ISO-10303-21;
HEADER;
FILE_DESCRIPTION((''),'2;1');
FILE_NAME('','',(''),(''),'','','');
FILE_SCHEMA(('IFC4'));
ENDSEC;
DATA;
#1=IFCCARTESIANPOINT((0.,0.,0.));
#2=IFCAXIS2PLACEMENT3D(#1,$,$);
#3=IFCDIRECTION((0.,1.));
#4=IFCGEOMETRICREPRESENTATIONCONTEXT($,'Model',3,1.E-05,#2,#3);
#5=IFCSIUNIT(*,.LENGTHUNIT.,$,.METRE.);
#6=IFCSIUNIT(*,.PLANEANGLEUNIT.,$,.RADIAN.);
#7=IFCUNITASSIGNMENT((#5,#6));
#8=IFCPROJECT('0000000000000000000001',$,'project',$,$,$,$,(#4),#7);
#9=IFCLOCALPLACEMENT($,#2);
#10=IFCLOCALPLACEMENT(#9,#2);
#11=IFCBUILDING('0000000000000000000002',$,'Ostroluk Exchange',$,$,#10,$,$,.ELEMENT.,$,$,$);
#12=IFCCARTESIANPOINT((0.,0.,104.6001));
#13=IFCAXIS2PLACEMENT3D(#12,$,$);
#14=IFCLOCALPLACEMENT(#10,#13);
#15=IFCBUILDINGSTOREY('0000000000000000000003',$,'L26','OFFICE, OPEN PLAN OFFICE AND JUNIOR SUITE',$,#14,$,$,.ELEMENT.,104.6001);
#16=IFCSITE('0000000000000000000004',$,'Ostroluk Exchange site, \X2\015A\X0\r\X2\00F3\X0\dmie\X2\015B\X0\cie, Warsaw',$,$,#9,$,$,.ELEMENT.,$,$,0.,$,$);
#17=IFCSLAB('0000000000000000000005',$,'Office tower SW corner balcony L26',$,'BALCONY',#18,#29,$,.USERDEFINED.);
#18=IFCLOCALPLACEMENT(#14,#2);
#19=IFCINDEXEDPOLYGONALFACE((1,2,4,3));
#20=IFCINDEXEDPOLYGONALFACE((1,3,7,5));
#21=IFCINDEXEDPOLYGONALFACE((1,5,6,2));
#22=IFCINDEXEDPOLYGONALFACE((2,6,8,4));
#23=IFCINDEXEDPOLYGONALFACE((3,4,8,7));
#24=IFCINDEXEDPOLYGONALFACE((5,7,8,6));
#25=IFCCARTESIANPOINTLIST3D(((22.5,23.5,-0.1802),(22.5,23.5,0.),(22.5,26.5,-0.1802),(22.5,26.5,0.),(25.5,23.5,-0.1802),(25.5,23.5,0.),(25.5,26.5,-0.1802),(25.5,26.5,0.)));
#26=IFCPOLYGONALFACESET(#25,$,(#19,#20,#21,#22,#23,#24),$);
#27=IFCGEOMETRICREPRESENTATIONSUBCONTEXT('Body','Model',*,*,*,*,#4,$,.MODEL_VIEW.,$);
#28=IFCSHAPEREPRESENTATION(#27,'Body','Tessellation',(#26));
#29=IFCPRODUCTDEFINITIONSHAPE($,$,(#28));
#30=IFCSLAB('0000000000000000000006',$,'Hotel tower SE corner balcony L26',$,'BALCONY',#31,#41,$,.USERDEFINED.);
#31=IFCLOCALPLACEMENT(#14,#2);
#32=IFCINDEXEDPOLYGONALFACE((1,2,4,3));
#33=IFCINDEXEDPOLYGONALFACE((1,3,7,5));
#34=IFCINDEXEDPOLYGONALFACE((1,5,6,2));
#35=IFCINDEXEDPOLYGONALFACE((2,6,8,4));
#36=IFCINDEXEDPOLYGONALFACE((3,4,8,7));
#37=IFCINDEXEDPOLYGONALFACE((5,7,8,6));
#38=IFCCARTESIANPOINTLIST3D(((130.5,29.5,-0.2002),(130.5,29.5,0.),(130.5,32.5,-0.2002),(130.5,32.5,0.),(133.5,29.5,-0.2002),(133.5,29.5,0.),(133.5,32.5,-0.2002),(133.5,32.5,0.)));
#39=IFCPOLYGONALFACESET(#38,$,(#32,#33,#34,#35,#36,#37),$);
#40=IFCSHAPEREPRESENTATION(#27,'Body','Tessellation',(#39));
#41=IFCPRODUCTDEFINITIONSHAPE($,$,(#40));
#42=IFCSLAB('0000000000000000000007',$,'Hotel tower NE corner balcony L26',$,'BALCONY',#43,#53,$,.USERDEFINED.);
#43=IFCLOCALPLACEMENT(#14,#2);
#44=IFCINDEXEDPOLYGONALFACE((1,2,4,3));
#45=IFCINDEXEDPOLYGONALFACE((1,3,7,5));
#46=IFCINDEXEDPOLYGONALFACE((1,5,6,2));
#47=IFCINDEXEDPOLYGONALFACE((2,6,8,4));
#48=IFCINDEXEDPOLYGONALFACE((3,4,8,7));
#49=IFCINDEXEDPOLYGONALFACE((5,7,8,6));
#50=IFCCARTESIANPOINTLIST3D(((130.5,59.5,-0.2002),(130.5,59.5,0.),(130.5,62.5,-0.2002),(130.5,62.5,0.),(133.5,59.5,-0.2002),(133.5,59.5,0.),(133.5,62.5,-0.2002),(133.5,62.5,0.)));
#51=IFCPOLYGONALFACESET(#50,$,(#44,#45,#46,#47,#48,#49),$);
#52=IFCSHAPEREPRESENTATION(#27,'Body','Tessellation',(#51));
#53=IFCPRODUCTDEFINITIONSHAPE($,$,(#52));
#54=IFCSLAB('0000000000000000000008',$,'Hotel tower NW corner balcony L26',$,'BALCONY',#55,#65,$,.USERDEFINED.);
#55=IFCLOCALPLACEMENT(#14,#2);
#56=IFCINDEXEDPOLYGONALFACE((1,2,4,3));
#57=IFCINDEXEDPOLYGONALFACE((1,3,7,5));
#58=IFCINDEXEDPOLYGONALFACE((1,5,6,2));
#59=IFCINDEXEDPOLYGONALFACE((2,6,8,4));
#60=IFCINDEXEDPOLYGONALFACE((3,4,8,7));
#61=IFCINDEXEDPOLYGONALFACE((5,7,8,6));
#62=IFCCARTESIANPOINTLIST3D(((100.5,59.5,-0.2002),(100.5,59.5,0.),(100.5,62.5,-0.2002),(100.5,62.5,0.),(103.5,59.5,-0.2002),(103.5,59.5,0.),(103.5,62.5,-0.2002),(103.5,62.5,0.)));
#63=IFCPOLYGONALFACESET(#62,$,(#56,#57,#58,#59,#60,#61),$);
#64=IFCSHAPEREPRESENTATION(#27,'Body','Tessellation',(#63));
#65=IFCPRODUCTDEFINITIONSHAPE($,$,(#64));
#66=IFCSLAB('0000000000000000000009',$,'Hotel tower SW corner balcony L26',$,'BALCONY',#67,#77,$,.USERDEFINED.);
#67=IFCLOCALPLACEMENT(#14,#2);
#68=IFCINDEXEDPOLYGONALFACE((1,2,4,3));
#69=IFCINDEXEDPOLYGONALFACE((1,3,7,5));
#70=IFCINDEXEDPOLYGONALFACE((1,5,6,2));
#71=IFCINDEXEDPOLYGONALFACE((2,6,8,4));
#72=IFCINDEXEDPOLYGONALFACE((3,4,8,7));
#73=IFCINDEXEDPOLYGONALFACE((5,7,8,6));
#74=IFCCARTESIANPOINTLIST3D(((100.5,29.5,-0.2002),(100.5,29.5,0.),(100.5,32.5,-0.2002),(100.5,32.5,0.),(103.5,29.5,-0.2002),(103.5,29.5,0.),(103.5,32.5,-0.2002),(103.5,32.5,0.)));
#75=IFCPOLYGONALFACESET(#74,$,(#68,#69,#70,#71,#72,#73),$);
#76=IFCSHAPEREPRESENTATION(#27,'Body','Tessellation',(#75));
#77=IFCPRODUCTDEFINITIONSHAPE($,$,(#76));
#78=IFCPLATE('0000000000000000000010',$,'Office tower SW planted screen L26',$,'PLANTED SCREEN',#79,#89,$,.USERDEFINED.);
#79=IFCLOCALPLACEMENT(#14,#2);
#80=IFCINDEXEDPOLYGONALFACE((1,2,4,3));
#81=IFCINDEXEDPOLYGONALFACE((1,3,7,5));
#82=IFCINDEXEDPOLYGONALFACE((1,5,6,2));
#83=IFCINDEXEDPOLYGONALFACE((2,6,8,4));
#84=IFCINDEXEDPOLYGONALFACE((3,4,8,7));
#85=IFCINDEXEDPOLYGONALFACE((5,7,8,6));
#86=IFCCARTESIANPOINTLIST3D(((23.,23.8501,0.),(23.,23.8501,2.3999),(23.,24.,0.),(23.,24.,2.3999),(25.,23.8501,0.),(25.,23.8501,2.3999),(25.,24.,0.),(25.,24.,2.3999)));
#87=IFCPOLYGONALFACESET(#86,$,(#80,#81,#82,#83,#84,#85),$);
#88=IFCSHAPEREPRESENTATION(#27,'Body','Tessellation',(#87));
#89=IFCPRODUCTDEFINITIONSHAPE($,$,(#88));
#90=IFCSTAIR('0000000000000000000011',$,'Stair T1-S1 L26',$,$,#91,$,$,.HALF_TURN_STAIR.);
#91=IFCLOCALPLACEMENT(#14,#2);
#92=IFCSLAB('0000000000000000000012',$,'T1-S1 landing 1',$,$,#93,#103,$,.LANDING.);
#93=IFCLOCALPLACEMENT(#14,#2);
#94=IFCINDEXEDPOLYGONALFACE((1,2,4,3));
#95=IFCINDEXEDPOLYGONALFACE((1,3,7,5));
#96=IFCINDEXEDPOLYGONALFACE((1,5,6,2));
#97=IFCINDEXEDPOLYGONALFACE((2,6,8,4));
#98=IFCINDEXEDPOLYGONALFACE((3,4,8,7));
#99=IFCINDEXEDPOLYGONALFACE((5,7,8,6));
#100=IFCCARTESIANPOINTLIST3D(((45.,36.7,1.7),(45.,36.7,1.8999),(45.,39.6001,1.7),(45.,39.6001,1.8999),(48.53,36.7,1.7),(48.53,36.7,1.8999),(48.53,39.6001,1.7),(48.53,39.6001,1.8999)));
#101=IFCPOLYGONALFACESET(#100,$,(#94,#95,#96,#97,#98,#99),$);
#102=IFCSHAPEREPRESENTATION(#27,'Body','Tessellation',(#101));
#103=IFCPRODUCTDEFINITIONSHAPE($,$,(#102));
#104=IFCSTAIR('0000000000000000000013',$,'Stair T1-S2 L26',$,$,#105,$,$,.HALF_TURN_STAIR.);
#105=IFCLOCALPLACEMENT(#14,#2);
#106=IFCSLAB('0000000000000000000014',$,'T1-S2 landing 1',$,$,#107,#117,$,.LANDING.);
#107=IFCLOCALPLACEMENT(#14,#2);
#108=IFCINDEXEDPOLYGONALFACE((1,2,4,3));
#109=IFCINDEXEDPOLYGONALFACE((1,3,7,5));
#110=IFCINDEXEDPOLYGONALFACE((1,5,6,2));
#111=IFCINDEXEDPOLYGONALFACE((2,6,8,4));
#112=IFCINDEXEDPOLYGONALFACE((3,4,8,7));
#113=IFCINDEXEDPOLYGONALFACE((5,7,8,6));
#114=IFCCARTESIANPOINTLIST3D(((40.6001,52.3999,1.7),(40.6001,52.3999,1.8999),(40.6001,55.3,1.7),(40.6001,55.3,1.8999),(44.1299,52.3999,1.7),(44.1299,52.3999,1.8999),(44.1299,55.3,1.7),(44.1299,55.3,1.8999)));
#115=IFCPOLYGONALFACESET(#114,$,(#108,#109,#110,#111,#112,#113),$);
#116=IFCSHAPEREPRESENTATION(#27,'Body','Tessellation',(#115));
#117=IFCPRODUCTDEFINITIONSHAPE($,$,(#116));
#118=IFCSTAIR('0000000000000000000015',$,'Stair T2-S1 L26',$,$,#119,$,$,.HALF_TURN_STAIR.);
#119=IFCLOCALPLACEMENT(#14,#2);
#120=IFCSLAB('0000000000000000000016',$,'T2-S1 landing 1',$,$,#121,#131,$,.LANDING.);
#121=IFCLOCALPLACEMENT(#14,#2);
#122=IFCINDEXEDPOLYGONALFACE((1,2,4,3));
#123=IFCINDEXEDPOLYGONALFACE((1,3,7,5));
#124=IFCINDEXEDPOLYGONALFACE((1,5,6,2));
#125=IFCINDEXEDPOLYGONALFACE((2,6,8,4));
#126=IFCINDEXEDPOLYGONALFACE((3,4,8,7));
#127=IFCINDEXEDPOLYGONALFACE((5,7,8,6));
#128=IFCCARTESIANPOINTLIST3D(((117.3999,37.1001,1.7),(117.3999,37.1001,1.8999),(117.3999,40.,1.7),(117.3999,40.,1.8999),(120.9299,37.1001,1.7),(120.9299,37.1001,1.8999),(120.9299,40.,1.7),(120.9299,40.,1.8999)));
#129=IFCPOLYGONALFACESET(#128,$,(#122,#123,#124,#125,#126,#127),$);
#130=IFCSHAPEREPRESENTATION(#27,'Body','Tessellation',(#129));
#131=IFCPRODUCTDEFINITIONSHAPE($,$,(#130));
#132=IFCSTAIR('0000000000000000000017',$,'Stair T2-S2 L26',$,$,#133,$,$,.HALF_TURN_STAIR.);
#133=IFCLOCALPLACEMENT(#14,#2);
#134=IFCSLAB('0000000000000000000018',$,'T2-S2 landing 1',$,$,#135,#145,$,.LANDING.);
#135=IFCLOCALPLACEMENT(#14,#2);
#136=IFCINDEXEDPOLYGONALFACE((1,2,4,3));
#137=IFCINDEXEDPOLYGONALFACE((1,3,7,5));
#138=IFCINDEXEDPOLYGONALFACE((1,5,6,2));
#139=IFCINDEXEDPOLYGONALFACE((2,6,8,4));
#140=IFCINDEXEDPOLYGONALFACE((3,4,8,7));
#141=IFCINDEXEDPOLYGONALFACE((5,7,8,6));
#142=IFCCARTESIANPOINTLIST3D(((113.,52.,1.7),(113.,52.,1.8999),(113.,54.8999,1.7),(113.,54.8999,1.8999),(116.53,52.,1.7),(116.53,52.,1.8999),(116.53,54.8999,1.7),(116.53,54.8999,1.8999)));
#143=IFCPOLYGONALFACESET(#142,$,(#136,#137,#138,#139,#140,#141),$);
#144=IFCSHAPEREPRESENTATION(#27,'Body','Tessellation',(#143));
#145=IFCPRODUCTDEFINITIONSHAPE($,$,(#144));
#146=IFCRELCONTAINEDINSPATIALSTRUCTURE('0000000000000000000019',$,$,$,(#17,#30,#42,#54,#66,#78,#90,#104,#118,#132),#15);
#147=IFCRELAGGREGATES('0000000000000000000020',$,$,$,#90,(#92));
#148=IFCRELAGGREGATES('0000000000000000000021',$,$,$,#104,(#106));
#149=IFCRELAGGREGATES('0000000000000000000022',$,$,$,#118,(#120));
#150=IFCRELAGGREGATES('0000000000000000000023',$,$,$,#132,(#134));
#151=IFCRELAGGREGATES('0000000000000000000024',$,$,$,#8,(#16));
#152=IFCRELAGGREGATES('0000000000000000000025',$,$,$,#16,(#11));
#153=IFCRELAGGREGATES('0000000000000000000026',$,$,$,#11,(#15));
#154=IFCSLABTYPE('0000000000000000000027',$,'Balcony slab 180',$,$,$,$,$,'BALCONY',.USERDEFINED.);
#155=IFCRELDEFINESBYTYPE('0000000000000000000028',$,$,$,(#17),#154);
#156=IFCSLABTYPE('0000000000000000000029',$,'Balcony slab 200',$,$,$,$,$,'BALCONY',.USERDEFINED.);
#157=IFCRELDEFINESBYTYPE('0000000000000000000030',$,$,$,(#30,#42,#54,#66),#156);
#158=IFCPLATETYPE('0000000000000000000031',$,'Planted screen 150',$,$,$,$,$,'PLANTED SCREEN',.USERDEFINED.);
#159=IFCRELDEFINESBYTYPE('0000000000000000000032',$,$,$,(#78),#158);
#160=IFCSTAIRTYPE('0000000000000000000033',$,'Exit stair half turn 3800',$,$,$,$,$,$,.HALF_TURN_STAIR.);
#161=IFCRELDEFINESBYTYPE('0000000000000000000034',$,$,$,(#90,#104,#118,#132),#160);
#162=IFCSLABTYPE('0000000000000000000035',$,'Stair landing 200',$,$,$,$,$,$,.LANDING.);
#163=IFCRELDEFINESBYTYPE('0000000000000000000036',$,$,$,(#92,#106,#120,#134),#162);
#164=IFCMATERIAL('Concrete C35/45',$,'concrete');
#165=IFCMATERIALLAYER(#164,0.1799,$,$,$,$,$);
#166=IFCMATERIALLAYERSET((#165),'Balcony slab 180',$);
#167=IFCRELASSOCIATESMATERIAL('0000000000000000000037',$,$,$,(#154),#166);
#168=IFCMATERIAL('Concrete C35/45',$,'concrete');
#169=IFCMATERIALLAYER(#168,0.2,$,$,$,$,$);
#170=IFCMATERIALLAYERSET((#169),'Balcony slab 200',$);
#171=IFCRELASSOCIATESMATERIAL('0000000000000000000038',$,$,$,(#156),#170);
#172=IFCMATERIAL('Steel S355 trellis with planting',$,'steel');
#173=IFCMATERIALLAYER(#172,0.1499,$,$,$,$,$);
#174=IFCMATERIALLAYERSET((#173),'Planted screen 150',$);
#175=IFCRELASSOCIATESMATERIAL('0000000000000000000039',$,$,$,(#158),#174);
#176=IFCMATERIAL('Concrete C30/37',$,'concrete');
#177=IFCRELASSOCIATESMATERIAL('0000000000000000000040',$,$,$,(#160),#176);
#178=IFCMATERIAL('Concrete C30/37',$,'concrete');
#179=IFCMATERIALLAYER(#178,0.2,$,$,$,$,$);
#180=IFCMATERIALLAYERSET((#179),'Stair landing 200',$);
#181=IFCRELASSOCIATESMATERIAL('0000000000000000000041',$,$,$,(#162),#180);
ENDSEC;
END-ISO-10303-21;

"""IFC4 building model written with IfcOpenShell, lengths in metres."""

from ifc_helpers import new_model, si_unit, direction, frame, origin, origin_2d, place, context, subcontext, project, spatial, polyline, rectangle, outline, extrude, material, layer, layer_set, type_object, element, aggregate, save


model = new_model("IFC4")

# Units and contexts
model_context = context("Model", 3, precision=1e-05, world=origin(), true_north=direction((0.0, 1.0)))
body_context = subcontext(model_context, "Body", "Model", "MODEL_VIEW")
ifc_project = project(units=[si_unit("LENGTHUNIT", "METRE"), si_unit("PLANEANGLEUNIT", "RADIAN")], contexts=[model_context])

# Site, building, storey
site_placement = place(None, origin())
site = spatial("IfcSite", under=ifc_project, at=site_placement, Name="Ostroluk Exchange site, Śródmieście, Warsaw", CompositionType="ELEMENT", RefElevation=0.0)
building_placement = place(site_placement, origin())
building = spatial("IfcBuilding", under=site, at=building_placement, Name="Ostroluk Exchange", CompositionType="ELEMENT")
storey_placement = place(building_placement, frame((0.0, 0.0, 104.6001)))
storey = spatial("IfcBuildingStorey", under=building, at=storey_placement, Name="L26", Description="OFFICE, OPEN PLAN OFFICE AND JUNIOR SUITE", CompositionType="ELEMENT", Elevation=104.6001)

# Slabs
ifc_material_1 = material(Name="Concrete C35/45", Category="concrete")
ifc_layer_1 = layer(ifc_material_1, 0.1799)
ifc_layer_set_1 = layer_set([ifc_layer_1], Name="Balcony slab 180")
slab_type_1 = type_object("IfcSlabType", Name="Balcony slab 180", ElementType="BALCONY", PredefinedType="USERDEFINED", material=ifc_layer_set_1)
slab_1_placement = place(storey_placement, frame((0.0, 0.0, -0.1802)))
element("IfcSlab", 1, at=slab_1_placement, inside=storey, type_object=slab_type_1, Name="Office tower SW corner balcony L26", ObjectType="BALCONY", PredefinedType="USERDEFINED", context=body_context, shape_type="SweptSolid", body=[
    extrude(outline(polyline([(22.5, 23.5), (25.5, 23.5), (25.5, 26.5), (22.5, 26.5), (22.5, 23.5)])), origin(), (0.0, 0.0, 1.0), 0.1802),
])
ifc_material_2 = material(Name="Concrete C35/45", Category="concrete")
ifc_layer_2 = layer(ifc_material_2, 0.2)
ifc_layer_set_2 = layer_set([ifc_layer_2], Name="Balcony slab 200")
slab_type_2 = type_object("IfcSlabType", Name="Balcony slab 200", ElementType="BALCONY", PredefinedType="USERDEFINED", material=ifc_layer_set_2)
slab_2_placement = place(storey_placement, frame((0.0, 0.0, -0.2002)))
element("IfcSlab", 2, at=slab_2_placement, inside=storey, type_object=slab_type_2, Name="Hotel tower SE corner balcony L26", ObjectType="BALCONY", PredefinedType="USERDEFINED", context=body_context, shape_type="SweptSolid", body=[
    extrude(outline(polyline([(130.5, 29.5), (133.5, 29.5), (133.5, 32.5), (130.5, 32.5), (130.5, 29.5)])), origin(), (0.0, 0.0, 1.0), 0.2002),
])
slab_3_placement = place(storey_placement, frame((0.0, 0.0, -0.2002)))
element("IfcSlab", 3, at=slab_3_placement, inside=storey, type_object=slab_type_2, Name="Hotel tower NE corner balcony L26", ObjectType="BALCONY", PredefinedType="USERDEFINED", context=body_context, shape_type="SweptSolid", body=[
    extrude(outline(polyline([(130.5, 59.5), (133.5, 59.5), (133.5, 62.5), (130.5, 62.5), (130.5, 59.5)])), origin(), (0.0, 0.0, 1.0), 0.2002),
])
slab_4_placement = place(storey_placement, frame((0.0, 0.0, -0.2002)))
element("IfcSlab", 4, at=slab_4_placement, inside=storey, type_object=slab_type_2, Name="Hotel tower NW corner balcony L26", ObjectType="BALCONY", PredefinedType="USERDEFINED", context=body_context, shape_type="SweptSolid", body=[
    extrude(outline(polyline([(100.5, 59.5), (103.5, 59.5), (103.5, 62.5), (100.5, 62.5), (100.5, 59.5)])), origin(), (0.0, 0.0, 1.0), 0.2002),
])
slab_5_placement = place(storey_placement, frame((0.0, 0.0, -0.2002)))
element("IfcSlab", 5, at=slab_5_placement, inside=storey, type_object=slab_type_2, Name="Hotel tower SW corner balcony L26", ObjectType="BALCONY", PredefinedType="USERDEFINED", context=body_context, shape_type="SweptSolid", body=[
    extrude(outline(polyline([(100.5, 29.5), (103.5, 29.5), (103.5, 32.5), (100.5, 32.5), (100.5, 29.5)])), origin(), (0.0, 0.0, 1.0), 0.2002),
])

# Plate
ifc_material_3 = material(Name="Steel S355 trellis with planting", Category="steel")
ifc_layer_3 = layer(ifc_material_3, 0.1499)
ifc_layer_set_3 = layer_set([ifc_layer_3], Name="Planted screen 150")
plate_type = type_object("IfcPlateType", Name="Planted screen 150", ElementType="PLANTED SCREEN", PredefinedType="USERDEFINED", material=ifc_layer_set_3)
plate_placement = place(storey_placement, frame((24.0, 23.925, 0.0), z_axis=(0.0, 0.0, 1.0), x_axis=(1.0, 0.0, 0.0)))
element("IfcPlate", 6, at=plate_placement, inside=storey, type_object=plate_type, Name="Office tower SW planted screen L26", ObjectType="PLANTED SCREEN", PredefinedType="USERDEFINED", context=body_context, shape_type="SweptSolid", body=[
    extrude(rectangle(XDim=2.0, YDim=0.1499, at=origin_2d()), origin(), (0.0, 0.0, 1.0), 2.3999),
])

# Stairs, slabs
ifc_material_4 = material(Name="Concrete C30/37", Category="concrete")
stair_type = type_object("IfcStairType", Name="Exit stair half turn 3800", PredefinedType="HALF_TURN_STAIR", material=ifc_material_4)
stair_1_placement = place(storey_placement, origin())
stair_1 = element("IfcStair", 7, at=stair_1_placement, inside=storey, type_object=stair_type, Name="Stair T1-S1 L26", PredefinedType="HALF_TURN_STAIR")
ifc_material_5 = material(Name="Concrete C30/37", Category="concrete")
ifc_layer_4 = layer(ifc_material_5, 0.2)
ifc_layer_set_4 = layer_set([ifc_layer_4], Name="Stair landing 200")
slab_type_3 = type_object("IfcSlabType", Name="Stair landing 200", PredefinedType="LANDING", material=ifc_layer_set_4)
slab_6_placement = place(storey_placement, frame((0.0, 0.0, 1.7)))
slab_6 = element("IfcSlab", 8, at=slab_6_placement, type_object=slab_type_3, Name="T1-S1 landing 1", PredefinedType="LANDING", context=body_context, shape_type="SweptSolid", body=[
    extrude(outline(polyline([(45.0, 36.7), (45.0, 39.6001), (48.53, 39.6001), (48.53, 36.7), (45.0, 36.7)])), origin(), (0.0, 0.0, 1.0), 0.2),
])
aggregate(stair_1, [slab_6])
stair_2_placement = place(storey_placement, origin())
stair_2 = element("IfcStair", 9, at=stair_2_placement, inside=storey, type_object=stair_type, Name="Stair T1-S2 L26", PredefinedType="HALF_TURN_STAIR")
slab_7_placement = place(storey_placement, frame((0.0, 0.0, 1.7)))
slab_7 = element("IfcSlab", 10, at=slab_7_placement, type_object=slab_type_3, Name="T1-S2 landing 1", PredefinedType="LANDING", context=body_context, shape_type="SweptSolid", body=[
    extrude(outline(polyline([(44.1299, 52.3999), (44.1299, 55.3), (40.6001, 55.3), (40.6001, 52.3999), (44.1299, 52.3999)])), origin(), (0.0, 0.0, 1.0), 0.2),
])
aggregate(stair_2, [slab_7])
stair_3_placement = place(storey_placement, origin())
stair_3 = element("IfcStair", 11, at=stair_3_placement, inside=storey, type_object=stair_type, Name="Stair T2-S1 L26", PredefinedType="HALF_TURN_STAIR")
slab_8_placement = place(storey_placement, frame((0.0, 0.0, 1.7)))
slab_8 = element("IfcSlab", 12, at=slab_8_placement, type_object=slab_type_3, Name="T2-S1 landing 1", PredefinedType="LANDING", context=body_context, shape_type="SweptSolid", body=[
    extrude(outline(polyline([(117.3999, 37.1001), (117.3999, 40.0), (120.9299, 40.0), (120.9299, 37.1001), (117.3999, 37.1001)])), origin(), (0.0, 0.0, 1.0), 0.2),
])
aggregate(stair_3, [slab_8])
stair_4_placement = place(storey_placement, origin())
stair_4 = element("IfcStair", 13, at=stair_4_placement, inside=storey, type_object=stair_type, Name="Stair T2-S2 L26", PredefinedType="HALF_TURN_STAIR")
slab_9_placement = place(storey_placement, frame((0.0, 0.0, 1.7)))
slab_9 = element("IfcSlab", 14, at=slab_9_placement, type_object=slab_type_3, Name="T2-S2 landing 1", PredefinedType="LANDING", context=body_context, shape_type="SweptSolid", body=[
    extrude(outline(polyline([(116.53, 52.0), (116.53, 54.8999), (113.0, 54.8999), (113.0, 52.0), (116.53, 52.0)])), origin(), (0.0, 0.0, 1.0), 0.2),
])
aggregate(stair_4, [slab_9])

save(model, "model.ifc")
